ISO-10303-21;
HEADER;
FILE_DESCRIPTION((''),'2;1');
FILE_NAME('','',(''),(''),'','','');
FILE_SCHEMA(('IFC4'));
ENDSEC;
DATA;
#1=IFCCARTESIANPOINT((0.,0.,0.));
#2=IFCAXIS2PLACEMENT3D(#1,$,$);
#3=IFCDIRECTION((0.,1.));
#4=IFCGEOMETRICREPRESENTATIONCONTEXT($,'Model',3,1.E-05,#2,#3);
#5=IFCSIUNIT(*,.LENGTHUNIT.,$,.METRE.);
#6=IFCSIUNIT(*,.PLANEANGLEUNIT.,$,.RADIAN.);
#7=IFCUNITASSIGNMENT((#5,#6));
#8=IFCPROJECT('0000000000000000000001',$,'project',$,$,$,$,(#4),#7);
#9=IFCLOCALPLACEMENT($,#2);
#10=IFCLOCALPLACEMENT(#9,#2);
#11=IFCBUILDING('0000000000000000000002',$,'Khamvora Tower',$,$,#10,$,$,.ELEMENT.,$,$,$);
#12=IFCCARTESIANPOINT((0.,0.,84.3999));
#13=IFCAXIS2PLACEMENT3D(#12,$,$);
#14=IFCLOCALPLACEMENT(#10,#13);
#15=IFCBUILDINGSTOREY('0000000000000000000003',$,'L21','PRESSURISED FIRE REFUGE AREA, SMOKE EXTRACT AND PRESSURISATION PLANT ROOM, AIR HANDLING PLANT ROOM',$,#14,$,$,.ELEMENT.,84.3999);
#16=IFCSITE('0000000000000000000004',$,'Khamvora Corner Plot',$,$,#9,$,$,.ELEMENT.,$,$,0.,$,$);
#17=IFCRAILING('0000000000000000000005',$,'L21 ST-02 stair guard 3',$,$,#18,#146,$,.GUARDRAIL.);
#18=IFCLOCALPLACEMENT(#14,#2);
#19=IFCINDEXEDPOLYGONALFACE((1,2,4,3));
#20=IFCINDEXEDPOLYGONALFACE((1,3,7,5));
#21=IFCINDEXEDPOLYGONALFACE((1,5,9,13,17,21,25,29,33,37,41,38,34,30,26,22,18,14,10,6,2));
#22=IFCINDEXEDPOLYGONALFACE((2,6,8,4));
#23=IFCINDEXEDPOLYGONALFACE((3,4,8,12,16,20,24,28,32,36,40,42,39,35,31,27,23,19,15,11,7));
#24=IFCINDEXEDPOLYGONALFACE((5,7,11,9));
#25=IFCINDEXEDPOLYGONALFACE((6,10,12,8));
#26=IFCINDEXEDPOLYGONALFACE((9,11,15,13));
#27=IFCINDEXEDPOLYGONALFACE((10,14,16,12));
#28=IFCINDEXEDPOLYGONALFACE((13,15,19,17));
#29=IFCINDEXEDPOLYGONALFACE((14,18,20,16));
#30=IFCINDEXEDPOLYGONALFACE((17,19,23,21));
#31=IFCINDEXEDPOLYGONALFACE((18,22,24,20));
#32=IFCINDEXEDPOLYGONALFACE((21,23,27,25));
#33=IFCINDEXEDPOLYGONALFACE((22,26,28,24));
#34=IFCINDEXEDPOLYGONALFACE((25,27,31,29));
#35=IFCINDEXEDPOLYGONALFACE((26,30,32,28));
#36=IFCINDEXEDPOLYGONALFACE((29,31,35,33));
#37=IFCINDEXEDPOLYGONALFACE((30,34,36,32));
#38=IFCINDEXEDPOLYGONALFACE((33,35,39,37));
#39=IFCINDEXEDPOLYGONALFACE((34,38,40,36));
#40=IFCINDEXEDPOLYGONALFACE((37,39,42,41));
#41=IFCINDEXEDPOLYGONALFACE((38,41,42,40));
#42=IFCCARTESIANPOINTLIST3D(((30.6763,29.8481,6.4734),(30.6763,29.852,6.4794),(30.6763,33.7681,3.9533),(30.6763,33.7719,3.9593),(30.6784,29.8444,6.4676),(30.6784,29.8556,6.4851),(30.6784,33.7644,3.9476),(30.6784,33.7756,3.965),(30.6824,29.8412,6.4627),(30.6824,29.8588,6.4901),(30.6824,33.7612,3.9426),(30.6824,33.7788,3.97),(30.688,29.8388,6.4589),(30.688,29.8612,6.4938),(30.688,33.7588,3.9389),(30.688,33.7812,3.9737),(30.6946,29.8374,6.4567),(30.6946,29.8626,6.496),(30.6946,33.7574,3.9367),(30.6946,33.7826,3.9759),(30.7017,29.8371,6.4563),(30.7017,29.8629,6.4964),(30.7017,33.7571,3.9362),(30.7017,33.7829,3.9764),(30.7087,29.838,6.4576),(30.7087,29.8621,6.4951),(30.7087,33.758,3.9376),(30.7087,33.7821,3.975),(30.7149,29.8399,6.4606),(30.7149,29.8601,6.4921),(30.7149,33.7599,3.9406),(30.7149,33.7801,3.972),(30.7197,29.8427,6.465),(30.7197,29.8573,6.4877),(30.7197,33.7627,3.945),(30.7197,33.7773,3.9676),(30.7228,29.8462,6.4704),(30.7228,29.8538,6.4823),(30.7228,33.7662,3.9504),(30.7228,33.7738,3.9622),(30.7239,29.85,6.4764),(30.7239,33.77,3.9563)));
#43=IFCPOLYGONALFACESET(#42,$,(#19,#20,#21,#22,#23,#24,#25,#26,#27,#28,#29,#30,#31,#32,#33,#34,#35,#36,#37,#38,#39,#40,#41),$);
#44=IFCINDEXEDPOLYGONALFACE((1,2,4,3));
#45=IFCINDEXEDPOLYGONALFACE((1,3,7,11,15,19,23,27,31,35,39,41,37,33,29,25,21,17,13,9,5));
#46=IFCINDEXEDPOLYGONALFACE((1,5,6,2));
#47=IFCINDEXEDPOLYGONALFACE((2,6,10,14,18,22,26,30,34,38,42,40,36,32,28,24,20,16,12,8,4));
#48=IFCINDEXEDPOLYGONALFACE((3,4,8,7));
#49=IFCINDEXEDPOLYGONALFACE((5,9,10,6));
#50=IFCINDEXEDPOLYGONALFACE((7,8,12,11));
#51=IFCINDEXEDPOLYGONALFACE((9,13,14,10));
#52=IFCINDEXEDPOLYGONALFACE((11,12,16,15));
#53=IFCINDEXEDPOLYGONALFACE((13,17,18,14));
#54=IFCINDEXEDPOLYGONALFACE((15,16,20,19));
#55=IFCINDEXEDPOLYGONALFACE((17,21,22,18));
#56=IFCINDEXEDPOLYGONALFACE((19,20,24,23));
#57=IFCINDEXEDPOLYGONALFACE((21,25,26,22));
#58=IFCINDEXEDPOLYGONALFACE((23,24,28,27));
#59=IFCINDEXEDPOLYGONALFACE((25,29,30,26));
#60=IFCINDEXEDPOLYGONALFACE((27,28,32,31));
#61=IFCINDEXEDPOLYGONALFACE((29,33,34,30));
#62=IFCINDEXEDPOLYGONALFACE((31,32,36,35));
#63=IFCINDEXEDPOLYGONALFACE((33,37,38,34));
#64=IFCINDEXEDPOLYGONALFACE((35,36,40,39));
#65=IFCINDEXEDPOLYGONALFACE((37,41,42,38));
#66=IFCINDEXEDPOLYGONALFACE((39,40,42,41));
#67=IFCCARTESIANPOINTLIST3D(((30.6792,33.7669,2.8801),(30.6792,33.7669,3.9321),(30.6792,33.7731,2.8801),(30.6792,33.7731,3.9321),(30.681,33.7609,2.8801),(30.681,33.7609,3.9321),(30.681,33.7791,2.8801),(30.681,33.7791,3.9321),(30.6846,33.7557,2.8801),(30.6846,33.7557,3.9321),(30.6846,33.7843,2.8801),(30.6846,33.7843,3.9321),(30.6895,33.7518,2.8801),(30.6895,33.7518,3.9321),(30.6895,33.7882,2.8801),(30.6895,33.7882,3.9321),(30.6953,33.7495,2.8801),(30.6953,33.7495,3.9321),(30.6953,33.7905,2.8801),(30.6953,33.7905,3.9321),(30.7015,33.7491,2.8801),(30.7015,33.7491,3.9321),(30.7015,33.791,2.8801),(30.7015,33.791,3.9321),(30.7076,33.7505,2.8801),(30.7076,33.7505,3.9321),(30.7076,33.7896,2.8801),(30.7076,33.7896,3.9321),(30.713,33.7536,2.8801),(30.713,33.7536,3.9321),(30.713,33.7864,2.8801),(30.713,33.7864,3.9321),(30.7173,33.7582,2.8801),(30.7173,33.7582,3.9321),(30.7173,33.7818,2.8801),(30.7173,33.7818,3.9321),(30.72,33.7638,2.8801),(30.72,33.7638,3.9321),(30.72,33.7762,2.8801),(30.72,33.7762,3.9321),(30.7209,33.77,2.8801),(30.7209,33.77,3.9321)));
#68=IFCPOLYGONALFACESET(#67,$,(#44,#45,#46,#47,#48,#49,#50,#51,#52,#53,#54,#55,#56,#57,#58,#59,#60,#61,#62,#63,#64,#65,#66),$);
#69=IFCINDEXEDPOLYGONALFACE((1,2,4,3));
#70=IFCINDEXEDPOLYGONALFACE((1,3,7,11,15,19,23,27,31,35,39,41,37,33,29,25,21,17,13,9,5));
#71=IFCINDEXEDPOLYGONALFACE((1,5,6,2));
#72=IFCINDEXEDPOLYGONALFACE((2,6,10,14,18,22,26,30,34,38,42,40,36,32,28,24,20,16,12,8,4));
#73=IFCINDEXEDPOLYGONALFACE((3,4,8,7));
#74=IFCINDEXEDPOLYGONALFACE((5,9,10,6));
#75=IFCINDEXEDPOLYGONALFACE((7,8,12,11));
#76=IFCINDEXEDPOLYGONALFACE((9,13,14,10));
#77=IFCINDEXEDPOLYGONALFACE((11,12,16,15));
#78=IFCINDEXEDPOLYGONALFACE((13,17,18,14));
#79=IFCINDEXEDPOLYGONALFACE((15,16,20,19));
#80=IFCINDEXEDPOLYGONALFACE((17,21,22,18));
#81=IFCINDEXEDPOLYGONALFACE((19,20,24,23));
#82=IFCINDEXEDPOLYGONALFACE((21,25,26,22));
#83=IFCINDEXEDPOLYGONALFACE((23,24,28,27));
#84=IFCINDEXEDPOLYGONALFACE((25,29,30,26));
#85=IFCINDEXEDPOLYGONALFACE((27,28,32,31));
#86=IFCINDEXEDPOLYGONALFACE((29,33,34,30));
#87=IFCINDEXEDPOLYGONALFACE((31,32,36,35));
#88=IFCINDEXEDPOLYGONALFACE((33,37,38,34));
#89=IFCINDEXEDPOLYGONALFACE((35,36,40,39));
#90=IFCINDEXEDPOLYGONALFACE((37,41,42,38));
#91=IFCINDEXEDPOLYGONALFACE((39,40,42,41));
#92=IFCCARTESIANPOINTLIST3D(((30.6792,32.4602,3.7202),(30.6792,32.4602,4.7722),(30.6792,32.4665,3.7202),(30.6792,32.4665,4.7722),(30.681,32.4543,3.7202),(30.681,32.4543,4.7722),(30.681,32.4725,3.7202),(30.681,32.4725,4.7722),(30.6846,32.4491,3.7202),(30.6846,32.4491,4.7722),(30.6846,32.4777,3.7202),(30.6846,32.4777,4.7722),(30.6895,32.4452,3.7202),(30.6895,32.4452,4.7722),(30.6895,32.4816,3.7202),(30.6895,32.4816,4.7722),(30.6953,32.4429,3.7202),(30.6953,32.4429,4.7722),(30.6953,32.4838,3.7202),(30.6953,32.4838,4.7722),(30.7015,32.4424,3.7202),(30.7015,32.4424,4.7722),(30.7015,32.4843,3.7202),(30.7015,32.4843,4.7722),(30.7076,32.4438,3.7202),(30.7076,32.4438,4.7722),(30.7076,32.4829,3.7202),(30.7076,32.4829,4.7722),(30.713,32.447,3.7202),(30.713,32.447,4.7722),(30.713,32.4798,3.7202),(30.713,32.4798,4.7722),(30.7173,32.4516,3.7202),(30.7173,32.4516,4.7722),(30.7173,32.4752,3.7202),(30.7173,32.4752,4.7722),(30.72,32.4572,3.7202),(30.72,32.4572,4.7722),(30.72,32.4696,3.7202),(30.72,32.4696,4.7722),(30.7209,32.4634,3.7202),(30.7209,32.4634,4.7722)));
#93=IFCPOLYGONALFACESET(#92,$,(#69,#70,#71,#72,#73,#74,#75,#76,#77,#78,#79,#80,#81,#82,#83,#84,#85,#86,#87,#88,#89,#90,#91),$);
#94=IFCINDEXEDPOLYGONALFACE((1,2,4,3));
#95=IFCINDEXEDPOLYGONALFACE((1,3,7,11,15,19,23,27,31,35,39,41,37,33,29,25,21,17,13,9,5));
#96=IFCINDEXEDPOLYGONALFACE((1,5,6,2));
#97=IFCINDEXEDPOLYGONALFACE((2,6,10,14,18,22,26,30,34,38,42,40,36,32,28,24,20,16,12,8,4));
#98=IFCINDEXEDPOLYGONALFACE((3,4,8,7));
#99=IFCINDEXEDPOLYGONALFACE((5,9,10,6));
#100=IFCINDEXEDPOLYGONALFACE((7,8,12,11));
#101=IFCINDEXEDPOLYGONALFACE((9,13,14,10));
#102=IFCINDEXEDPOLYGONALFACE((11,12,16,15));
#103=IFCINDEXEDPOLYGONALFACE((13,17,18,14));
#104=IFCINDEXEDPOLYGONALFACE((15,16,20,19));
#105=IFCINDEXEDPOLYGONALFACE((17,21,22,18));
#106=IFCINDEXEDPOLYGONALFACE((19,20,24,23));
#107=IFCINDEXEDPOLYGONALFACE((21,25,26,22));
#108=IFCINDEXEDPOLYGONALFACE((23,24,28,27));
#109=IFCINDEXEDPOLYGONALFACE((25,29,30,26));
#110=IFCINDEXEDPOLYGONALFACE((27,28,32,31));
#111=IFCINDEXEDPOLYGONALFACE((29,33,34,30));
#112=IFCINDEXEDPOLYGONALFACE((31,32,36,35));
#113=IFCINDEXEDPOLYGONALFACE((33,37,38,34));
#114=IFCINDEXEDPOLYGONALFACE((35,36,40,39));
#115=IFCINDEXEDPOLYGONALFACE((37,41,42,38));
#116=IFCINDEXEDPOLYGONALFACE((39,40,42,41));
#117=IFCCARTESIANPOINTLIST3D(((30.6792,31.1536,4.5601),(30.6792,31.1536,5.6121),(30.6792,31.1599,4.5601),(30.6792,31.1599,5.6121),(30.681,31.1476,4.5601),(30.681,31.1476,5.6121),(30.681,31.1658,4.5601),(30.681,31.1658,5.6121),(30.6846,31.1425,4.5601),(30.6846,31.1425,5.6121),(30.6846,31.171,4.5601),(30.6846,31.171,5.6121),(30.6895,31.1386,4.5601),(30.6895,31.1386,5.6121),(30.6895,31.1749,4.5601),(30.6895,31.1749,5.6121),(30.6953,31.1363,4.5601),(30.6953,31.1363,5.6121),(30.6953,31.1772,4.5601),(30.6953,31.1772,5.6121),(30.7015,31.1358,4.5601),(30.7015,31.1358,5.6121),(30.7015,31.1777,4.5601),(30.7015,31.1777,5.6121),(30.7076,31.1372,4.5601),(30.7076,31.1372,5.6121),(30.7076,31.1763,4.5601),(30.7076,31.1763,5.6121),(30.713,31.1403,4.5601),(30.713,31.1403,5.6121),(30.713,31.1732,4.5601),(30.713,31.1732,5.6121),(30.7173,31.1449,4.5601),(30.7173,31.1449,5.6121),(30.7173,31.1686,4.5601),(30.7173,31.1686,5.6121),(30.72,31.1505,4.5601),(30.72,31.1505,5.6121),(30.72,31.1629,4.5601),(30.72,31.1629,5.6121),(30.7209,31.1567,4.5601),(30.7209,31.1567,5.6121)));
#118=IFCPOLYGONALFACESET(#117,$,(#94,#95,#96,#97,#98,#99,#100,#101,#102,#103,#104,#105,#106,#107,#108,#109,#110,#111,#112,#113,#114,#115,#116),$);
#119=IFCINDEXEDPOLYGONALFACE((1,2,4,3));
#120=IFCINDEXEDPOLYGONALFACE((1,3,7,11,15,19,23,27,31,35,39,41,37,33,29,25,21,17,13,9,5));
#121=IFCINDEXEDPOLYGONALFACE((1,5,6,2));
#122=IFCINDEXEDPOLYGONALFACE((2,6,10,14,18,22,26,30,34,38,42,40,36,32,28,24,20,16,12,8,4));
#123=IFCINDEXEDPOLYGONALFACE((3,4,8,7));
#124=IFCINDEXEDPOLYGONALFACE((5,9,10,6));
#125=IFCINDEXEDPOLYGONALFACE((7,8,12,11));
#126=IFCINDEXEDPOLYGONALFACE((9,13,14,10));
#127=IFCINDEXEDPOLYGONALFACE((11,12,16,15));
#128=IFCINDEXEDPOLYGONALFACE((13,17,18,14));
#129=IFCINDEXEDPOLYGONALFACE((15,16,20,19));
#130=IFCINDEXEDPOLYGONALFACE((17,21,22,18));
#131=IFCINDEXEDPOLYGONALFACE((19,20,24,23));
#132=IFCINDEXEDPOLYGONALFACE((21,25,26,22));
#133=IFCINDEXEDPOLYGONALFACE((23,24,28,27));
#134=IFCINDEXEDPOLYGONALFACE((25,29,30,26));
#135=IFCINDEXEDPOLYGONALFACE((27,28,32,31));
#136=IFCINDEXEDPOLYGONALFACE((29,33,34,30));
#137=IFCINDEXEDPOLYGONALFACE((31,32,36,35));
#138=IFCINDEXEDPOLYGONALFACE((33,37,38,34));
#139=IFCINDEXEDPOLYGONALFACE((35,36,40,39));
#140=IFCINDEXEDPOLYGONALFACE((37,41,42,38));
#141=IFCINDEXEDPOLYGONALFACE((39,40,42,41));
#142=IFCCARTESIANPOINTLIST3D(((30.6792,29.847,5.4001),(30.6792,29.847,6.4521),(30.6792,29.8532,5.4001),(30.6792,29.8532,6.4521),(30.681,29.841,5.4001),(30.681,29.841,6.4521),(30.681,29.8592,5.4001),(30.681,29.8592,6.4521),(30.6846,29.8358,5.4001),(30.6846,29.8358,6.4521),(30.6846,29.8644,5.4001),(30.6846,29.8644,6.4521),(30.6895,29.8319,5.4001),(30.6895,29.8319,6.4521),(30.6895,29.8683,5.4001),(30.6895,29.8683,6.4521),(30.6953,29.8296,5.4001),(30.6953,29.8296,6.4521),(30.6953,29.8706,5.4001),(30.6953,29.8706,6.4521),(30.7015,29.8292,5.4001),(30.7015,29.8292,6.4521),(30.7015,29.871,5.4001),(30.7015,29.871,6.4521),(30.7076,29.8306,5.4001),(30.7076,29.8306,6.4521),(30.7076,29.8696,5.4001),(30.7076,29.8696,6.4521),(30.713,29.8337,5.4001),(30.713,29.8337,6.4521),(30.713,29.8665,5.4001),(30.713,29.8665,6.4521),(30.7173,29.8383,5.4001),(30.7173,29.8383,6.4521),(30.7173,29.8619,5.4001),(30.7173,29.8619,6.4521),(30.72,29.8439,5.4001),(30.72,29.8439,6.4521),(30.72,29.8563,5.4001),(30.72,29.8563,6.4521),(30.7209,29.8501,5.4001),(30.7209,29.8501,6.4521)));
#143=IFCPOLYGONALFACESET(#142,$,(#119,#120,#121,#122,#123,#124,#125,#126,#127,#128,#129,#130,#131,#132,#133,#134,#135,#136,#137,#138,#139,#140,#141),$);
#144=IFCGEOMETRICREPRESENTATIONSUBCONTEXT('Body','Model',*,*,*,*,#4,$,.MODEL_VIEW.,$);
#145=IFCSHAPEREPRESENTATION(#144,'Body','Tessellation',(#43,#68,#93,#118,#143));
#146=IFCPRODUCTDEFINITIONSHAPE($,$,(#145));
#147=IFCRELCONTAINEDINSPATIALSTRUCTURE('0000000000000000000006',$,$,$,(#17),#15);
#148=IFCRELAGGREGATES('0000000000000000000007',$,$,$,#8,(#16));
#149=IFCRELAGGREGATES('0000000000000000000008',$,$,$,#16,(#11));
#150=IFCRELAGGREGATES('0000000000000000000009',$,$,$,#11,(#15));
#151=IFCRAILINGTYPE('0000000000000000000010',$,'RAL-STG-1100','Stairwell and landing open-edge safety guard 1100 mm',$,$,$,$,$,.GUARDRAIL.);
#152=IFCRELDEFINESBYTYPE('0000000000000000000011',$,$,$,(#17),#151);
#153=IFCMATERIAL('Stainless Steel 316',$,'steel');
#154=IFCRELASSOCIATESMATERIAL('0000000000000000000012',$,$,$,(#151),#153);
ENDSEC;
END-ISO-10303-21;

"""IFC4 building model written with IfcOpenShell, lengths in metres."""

from ifc_helpers import new_model, si_unit, direction, frame, origin, origin_2d, place, context, subcontext, project, spatial, circle, extrude, material, type_object, element, save


model = new_model("IFC4")

# Units and contexts
model_context = context("Model", 3, precision=1e-05, world=origin(), true_north=direction((0.0, 1.0)))
body_context = subcontext(model_context, "Body", "Model", "MODEL_VIEW")
ifc_project = project(units=[si_unit("LENGTHUNIT", "METRE"), si_unit("PLANEANGLEUNIT", "RADIAN")], contexts=[model_context])

# Site, building, storey
site_placement = place(None, origin())
site = spatial("IfcSite", under=ifc_project, at=site_placement, Name="Khamvora Corner Plot", CompositionType="ELEMENT", RefElevation=0.0)
building_placement = place(site_placement, origin())
building = spatial("IfcBuilding", under=site, at=building_placement, Name="Khamvora Tower", CompositionType="ELEMENT")
storey_placement = place(building_placement, frame((0.0, 0.0, 84.3999)))
storey = spatial("IfcBuildingStorey", under=building, at=storey_placement, Name="L21", Description="PRESSURISED FIRE REFUGE AREA, SMOKE EXTRACT AND PRESSURISATION PLANT ROOM, AIR HANDLING PLANT ROOM", CompositionType="ELEMENT", Elevation=84.3999)

# Railing
ifc_material_1 = material(Name="Stainless Steel 316", Category="steel")
railing_type_1 = type_object("IfcRailingType", Name="RAL-STG-1100", Description="Stairwell and landing open-edge safety guard 1100 mm", PredefinedType="GUARDRAIL", material=ifc_material_1)
railing_1_placement = place(storey_placement, frame((30.7, 33.77, 2.8801)))
element("IfcRailing", 1, at=railing_1_placement, inside=storey, type_object=railing_type_1, Name="L21 ST-02 stair guard 3", PredefinedType="GUARDRAIL", context=body_context, shape_type="SweptSolid", body=[
    extrude(circle(Radius=0.0239, at=origin_2d()), frame((0.0, 0.0, 1.0762), z_axis=(0.0, -0.841172, 0.540768), x_axis=(1.0, 0.0, 0.0)), (0.0, 0.0, 1.0), 4.6602),
    extrude(circle(Radius=0.021, at=origin_2d()), origin(), (0.0, 0.0, 1.0), 1.052),
    extrude(circle(Radius=0.021, at=origin_2d()), frame((0.0, -1.3066, 0.8401)), (0.0, 0.0, 1.0), 1.052),
    extrude(circle(Radius=0.021, at=origin_2d()), frame((0.0, -2.6133, 1.6799)), (0.0, 0.0, 1.0), 1.052),
    extrude(circle(Radius=0.021, at=origin_2d()), frame((0.0, -3.9199, 2.52)), (0.0, 0.0, 1.0), 1.052),
])

save(model, "model.ifc")
